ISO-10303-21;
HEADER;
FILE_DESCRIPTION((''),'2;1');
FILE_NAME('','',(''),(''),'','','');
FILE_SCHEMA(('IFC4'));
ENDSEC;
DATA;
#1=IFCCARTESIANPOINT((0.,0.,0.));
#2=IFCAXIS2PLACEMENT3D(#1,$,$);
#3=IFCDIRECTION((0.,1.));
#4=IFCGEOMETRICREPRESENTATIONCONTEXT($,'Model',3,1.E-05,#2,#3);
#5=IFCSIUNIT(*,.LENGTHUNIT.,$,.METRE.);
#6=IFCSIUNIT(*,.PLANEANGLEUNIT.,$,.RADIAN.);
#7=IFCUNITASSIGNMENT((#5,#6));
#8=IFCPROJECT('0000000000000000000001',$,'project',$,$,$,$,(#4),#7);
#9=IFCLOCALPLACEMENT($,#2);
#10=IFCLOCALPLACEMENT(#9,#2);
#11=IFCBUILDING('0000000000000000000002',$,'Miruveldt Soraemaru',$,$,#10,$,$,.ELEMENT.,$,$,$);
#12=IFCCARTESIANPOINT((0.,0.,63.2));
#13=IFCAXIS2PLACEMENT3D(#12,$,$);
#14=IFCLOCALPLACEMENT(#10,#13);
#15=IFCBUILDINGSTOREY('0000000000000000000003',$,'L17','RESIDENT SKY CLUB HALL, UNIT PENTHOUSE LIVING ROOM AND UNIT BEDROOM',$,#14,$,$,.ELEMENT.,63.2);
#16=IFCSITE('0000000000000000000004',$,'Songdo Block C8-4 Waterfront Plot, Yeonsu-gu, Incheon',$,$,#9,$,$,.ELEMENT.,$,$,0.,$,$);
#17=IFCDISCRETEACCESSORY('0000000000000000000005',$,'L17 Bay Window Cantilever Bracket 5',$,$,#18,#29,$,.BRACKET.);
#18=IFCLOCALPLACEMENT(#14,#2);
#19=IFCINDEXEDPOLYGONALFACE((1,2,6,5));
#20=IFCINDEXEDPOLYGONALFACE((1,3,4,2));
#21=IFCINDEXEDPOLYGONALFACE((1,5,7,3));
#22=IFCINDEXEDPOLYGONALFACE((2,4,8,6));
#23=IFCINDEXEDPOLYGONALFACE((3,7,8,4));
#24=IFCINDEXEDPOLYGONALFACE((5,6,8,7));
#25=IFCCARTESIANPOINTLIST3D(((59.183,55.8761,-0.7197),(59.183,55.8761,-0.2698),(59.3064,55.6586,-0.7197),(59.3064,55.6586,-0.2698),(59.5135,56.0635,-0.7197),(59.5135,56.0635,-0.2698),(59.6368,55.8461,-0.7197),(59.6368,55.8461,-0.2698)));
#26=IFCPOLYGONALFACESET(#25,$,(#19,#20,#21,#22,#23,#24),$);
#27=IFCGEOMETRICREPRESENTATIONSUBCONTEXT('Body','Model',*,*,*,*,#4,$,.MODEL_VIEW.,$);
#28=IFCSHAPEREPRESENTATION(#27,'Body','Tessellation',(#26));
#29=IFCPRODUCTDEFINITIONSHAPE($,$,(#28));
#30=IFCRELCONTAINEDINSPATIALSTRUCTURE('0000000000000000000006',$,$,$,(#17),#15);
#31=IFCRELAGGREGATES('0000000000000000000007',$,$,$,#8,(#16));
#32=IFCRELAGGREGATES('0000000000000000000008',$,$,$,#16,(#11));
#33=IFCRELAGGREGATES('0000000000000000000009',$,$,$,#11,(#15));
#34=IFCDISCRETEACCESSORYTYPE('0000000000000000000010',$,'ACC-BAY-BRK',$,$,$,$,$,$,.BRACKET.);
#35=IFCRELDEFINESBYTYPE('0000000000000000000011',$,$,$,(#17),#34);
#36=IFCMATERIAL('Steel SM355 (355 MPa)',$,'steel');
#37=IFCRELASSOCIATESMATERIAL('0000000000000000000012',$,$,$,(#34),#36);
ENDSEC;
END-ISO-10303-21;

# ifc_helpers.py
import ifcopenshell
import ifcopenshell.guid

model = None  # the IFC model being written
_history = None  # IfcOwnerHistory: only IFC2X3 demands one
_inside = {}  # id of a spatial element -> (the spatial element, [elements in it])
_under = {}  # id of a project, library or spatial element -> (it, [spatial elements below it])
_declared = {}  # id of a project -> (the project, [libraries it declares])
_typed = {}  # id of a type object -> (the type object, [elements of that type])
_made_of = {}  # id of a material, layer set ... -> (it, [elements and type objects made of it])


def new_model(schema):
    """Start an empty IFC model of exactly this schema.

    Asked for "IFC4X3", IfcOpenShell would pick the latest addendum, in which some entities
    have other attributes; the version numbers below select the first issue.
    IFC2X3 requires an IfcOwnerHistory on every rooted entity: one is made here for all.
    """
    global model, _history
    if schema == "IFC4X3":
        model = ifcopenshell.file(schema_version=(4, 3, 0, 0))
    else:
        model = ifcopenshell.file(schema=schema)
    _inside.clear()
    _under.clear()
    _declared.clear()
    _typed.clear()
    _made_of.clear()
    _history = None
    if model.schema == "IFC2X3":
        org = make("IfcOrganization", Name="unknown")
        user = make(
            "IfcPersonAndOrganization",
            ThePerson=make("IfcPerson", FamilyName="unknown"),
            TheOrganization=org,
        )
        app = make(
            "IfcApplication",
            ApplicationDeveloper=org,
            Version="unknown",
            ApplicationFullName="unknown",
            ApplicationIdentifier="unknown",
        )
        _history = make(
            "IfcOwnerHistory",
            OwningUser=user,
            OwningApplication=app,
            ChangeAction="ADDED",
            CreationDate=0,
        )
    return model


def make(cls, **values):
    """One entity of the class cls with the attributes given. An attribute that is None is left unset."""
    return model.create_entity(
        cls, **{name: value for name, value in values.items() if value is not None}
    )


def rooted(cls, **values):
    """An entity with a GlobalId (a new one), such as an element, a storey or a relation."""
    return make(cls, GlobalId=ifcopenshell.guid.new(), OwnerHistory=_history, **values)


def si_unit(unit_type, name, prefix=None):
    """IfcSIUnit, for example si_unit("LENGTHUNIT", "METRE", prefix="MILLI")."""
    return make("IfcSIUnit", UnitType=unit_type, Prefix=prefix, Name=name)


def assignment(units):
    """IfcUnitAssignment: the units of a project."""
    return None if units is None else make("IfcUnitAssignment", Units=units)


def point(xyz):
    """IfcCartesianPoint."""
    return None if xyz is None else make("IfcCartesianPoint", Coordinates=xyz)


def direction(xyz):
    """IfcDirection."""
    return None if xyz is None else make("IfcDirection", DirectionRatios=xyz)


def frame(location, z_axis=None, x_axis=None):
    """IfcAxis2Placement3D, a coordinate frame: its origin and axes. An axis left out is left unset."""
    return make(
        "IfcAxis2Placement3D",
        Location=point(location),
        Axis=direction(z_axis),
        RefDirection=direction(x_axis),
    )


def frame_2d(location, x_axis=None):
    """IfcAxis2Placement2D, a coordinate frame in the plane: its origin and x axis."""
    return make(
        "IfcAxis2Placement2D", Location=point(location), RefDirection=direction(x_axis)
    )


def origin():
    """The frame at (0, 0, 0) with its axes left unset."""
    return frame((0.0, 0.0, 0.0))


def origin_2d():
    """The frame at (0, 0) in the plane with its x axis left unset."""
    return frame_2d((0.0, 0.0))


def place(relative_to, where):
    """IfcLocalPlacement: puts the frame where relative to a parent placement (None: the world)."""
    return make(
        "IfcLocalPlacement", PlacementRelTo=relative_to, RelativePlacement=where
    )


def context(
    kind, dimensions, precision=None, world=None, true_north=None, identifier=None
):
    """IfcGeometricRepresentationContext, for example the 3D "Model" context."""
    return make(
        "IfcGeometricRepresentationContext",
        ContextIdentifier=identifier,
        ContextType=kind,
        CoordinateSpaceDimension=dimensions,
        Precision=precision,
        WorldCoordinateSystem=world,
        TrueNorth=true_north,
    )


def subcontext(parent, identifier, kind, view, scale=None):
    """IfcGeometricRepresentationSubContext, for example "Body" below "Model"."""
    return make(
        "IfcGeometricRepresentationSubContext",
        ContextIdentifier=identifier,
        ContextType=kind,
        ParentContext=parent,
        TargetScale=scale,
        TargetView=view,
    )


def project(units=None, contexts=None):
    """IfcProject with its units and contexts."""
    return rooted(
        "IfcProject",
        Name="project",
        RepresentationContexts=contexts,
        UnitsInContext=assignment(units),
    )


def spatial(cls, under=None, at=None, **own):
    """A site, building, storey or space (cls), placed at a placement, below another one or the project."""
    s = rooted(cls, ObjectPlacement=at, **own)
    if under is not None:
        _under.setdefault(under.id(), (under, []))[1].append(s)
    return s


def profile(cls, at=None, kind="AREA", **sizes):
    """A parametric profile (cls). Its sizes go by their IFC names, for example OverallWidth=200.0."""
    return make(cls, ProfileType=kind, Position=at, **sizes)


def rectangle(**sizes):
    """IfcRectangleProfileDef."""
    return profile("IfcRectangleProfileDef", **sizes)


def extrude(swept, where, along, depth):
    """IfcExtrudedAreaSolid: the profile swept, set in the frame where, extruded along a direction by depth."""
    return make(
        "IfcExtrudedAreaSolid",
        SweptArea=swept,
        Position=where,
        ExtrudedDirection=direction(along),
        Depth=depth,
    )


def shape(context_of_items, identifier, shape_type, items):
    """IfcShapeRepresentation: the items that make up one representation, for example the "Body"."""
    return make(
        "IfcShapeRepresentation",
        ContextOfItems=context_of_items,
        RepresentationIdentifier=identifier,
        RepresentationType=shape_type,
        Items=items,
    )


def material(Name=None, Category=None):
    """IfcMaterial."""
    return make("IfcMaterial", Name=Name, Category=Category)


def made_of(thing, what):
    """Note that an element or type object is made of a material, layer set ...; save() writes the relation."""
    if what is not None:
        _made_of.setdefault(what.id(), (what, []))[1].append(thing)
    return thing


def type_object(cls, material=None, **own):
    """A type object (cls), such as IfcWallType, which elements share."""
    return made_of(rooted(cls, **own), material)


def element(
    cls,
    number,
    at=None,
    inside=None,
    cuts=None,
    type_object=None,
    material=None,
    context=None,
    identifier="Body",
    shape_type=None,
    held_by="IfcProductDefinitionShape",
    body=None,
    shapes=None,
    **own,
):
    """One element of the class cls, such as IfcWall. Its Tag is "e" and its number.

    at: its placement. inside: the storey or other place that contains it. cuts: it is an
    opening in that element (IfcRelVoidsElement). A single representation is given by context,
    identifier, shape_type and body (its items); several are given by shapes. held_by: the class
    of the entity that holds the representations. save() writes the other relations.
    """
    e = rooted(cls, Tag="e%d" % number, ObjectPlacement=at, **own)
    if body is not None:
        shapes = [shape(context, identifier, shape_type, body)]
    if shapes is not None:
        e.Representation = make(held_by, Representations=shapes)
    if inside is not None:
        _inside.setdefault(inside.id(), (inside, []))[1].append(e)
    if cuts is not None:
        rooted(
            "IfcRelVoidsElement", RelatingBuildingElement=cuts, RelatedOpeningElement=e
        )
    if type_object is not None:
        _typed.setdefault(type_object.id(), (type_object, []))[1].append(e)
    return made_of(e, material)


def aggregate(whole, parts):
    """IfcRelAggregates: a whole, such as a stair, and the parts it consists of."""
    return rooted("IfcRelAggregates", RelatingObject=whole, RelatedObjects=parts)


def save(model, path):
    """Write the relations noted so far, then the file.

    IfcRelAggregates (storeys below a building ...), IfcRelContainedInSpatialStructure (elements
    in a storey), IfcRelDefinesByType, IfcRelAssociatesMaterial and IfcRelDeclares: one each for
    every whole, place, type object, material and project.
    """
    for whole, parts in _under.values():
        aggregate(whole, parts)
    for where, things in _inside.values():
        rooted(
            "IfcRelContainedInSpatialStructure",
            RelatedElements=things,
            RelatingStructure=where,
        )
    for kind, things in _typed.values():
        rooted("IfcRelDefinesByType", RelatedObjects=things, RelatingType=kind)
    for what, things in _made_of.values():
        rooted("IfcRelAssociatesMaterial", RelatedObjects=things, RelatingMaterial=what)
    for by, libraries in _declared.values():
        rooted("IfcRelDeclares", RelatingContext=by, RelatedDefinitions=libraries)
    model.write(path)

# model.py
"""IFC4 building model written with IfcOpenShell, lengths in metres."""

from ifc_helpers import new_model, si_unit, direction, frame, origin, origin_2d, place, context, subcontext, project, spatial, rectangle, extrude, material, type_object, element, save


model = new_model("IFC4")

# Units and contexts
model_context = context("Model", 3, precision=1e-05, world=origin(), true_north=direction((0.0, 1.0)))
body_context = subcontext(model_context, "Body", "Model", "MODEL_VIEW")
ifc_project = project(units=[si_unit("LENGTHUNIT", "METRE"), si_unit("PLANEANGLEUNIT", "RADIAN")], contexts=[model_context])

# Site, building, storey
site_placement = place(None, origin())
site = spatial("IfcSite", under=ifc_project, at=site_placement, Name="Songdo Block C8-4 Waterfront Plot, Yeonsu-gu, Incheon", CompositionType="ELEMENT", RefElevation=0.0)
building_placement = place(site_placement, origin())
building = spatial("IfcBuilding", under=site, at=building_placement, Name="Miruveldt Soraemaru", CompositionType="ELEMENT")
storey_placement = place(building_placement, frame((0.0, 0.0, 63.2)))
storey = spatial("IfcBuildingStorey", under=building, at=storey_placement, Name="L17", Description="RESIDENT SKY CLUB HALL, UNIT PENTHOUSE LIVING ROOM AND UNIT BEDROOM", CompositionType="ELEMENT", Elevation=63.2)

# Shared definitions
ifc_material_1 = material(Name="Steel SM355 (355 MPa)", Category="steel")

# Discrete accessory
discrete_accessory_type = type_object("IfcDiscreteAccessoryType", Name="ACC-BAY-BRK", PredefinedType="BRACKET", material=ifc_material_1)
discrete_accessory_placement = place(storey_placement, frame((59.4099, 55.8611, -0.7197), z_axis=(0.0, 0.0, 1.0), x_axis=(0.869831, 0.49335, 0.0)))
element("IfcDiscreteAccessory", 1, at=discrete_accessory_placement, inside=storey, type_object=discrete_accessory_type, Name="L17 Bay Window Cantilever Bracket 5", PredefinedType="BRACKET", context=body_context, shape_type="SweptSolid", body=[
    extrude(rectangle(XDim=0.3799, YDim=0.25, at=origin_2d()), origin(), (0.0, 0.0, 1.0), 0.45),
])

save(model, "model.ifc")
